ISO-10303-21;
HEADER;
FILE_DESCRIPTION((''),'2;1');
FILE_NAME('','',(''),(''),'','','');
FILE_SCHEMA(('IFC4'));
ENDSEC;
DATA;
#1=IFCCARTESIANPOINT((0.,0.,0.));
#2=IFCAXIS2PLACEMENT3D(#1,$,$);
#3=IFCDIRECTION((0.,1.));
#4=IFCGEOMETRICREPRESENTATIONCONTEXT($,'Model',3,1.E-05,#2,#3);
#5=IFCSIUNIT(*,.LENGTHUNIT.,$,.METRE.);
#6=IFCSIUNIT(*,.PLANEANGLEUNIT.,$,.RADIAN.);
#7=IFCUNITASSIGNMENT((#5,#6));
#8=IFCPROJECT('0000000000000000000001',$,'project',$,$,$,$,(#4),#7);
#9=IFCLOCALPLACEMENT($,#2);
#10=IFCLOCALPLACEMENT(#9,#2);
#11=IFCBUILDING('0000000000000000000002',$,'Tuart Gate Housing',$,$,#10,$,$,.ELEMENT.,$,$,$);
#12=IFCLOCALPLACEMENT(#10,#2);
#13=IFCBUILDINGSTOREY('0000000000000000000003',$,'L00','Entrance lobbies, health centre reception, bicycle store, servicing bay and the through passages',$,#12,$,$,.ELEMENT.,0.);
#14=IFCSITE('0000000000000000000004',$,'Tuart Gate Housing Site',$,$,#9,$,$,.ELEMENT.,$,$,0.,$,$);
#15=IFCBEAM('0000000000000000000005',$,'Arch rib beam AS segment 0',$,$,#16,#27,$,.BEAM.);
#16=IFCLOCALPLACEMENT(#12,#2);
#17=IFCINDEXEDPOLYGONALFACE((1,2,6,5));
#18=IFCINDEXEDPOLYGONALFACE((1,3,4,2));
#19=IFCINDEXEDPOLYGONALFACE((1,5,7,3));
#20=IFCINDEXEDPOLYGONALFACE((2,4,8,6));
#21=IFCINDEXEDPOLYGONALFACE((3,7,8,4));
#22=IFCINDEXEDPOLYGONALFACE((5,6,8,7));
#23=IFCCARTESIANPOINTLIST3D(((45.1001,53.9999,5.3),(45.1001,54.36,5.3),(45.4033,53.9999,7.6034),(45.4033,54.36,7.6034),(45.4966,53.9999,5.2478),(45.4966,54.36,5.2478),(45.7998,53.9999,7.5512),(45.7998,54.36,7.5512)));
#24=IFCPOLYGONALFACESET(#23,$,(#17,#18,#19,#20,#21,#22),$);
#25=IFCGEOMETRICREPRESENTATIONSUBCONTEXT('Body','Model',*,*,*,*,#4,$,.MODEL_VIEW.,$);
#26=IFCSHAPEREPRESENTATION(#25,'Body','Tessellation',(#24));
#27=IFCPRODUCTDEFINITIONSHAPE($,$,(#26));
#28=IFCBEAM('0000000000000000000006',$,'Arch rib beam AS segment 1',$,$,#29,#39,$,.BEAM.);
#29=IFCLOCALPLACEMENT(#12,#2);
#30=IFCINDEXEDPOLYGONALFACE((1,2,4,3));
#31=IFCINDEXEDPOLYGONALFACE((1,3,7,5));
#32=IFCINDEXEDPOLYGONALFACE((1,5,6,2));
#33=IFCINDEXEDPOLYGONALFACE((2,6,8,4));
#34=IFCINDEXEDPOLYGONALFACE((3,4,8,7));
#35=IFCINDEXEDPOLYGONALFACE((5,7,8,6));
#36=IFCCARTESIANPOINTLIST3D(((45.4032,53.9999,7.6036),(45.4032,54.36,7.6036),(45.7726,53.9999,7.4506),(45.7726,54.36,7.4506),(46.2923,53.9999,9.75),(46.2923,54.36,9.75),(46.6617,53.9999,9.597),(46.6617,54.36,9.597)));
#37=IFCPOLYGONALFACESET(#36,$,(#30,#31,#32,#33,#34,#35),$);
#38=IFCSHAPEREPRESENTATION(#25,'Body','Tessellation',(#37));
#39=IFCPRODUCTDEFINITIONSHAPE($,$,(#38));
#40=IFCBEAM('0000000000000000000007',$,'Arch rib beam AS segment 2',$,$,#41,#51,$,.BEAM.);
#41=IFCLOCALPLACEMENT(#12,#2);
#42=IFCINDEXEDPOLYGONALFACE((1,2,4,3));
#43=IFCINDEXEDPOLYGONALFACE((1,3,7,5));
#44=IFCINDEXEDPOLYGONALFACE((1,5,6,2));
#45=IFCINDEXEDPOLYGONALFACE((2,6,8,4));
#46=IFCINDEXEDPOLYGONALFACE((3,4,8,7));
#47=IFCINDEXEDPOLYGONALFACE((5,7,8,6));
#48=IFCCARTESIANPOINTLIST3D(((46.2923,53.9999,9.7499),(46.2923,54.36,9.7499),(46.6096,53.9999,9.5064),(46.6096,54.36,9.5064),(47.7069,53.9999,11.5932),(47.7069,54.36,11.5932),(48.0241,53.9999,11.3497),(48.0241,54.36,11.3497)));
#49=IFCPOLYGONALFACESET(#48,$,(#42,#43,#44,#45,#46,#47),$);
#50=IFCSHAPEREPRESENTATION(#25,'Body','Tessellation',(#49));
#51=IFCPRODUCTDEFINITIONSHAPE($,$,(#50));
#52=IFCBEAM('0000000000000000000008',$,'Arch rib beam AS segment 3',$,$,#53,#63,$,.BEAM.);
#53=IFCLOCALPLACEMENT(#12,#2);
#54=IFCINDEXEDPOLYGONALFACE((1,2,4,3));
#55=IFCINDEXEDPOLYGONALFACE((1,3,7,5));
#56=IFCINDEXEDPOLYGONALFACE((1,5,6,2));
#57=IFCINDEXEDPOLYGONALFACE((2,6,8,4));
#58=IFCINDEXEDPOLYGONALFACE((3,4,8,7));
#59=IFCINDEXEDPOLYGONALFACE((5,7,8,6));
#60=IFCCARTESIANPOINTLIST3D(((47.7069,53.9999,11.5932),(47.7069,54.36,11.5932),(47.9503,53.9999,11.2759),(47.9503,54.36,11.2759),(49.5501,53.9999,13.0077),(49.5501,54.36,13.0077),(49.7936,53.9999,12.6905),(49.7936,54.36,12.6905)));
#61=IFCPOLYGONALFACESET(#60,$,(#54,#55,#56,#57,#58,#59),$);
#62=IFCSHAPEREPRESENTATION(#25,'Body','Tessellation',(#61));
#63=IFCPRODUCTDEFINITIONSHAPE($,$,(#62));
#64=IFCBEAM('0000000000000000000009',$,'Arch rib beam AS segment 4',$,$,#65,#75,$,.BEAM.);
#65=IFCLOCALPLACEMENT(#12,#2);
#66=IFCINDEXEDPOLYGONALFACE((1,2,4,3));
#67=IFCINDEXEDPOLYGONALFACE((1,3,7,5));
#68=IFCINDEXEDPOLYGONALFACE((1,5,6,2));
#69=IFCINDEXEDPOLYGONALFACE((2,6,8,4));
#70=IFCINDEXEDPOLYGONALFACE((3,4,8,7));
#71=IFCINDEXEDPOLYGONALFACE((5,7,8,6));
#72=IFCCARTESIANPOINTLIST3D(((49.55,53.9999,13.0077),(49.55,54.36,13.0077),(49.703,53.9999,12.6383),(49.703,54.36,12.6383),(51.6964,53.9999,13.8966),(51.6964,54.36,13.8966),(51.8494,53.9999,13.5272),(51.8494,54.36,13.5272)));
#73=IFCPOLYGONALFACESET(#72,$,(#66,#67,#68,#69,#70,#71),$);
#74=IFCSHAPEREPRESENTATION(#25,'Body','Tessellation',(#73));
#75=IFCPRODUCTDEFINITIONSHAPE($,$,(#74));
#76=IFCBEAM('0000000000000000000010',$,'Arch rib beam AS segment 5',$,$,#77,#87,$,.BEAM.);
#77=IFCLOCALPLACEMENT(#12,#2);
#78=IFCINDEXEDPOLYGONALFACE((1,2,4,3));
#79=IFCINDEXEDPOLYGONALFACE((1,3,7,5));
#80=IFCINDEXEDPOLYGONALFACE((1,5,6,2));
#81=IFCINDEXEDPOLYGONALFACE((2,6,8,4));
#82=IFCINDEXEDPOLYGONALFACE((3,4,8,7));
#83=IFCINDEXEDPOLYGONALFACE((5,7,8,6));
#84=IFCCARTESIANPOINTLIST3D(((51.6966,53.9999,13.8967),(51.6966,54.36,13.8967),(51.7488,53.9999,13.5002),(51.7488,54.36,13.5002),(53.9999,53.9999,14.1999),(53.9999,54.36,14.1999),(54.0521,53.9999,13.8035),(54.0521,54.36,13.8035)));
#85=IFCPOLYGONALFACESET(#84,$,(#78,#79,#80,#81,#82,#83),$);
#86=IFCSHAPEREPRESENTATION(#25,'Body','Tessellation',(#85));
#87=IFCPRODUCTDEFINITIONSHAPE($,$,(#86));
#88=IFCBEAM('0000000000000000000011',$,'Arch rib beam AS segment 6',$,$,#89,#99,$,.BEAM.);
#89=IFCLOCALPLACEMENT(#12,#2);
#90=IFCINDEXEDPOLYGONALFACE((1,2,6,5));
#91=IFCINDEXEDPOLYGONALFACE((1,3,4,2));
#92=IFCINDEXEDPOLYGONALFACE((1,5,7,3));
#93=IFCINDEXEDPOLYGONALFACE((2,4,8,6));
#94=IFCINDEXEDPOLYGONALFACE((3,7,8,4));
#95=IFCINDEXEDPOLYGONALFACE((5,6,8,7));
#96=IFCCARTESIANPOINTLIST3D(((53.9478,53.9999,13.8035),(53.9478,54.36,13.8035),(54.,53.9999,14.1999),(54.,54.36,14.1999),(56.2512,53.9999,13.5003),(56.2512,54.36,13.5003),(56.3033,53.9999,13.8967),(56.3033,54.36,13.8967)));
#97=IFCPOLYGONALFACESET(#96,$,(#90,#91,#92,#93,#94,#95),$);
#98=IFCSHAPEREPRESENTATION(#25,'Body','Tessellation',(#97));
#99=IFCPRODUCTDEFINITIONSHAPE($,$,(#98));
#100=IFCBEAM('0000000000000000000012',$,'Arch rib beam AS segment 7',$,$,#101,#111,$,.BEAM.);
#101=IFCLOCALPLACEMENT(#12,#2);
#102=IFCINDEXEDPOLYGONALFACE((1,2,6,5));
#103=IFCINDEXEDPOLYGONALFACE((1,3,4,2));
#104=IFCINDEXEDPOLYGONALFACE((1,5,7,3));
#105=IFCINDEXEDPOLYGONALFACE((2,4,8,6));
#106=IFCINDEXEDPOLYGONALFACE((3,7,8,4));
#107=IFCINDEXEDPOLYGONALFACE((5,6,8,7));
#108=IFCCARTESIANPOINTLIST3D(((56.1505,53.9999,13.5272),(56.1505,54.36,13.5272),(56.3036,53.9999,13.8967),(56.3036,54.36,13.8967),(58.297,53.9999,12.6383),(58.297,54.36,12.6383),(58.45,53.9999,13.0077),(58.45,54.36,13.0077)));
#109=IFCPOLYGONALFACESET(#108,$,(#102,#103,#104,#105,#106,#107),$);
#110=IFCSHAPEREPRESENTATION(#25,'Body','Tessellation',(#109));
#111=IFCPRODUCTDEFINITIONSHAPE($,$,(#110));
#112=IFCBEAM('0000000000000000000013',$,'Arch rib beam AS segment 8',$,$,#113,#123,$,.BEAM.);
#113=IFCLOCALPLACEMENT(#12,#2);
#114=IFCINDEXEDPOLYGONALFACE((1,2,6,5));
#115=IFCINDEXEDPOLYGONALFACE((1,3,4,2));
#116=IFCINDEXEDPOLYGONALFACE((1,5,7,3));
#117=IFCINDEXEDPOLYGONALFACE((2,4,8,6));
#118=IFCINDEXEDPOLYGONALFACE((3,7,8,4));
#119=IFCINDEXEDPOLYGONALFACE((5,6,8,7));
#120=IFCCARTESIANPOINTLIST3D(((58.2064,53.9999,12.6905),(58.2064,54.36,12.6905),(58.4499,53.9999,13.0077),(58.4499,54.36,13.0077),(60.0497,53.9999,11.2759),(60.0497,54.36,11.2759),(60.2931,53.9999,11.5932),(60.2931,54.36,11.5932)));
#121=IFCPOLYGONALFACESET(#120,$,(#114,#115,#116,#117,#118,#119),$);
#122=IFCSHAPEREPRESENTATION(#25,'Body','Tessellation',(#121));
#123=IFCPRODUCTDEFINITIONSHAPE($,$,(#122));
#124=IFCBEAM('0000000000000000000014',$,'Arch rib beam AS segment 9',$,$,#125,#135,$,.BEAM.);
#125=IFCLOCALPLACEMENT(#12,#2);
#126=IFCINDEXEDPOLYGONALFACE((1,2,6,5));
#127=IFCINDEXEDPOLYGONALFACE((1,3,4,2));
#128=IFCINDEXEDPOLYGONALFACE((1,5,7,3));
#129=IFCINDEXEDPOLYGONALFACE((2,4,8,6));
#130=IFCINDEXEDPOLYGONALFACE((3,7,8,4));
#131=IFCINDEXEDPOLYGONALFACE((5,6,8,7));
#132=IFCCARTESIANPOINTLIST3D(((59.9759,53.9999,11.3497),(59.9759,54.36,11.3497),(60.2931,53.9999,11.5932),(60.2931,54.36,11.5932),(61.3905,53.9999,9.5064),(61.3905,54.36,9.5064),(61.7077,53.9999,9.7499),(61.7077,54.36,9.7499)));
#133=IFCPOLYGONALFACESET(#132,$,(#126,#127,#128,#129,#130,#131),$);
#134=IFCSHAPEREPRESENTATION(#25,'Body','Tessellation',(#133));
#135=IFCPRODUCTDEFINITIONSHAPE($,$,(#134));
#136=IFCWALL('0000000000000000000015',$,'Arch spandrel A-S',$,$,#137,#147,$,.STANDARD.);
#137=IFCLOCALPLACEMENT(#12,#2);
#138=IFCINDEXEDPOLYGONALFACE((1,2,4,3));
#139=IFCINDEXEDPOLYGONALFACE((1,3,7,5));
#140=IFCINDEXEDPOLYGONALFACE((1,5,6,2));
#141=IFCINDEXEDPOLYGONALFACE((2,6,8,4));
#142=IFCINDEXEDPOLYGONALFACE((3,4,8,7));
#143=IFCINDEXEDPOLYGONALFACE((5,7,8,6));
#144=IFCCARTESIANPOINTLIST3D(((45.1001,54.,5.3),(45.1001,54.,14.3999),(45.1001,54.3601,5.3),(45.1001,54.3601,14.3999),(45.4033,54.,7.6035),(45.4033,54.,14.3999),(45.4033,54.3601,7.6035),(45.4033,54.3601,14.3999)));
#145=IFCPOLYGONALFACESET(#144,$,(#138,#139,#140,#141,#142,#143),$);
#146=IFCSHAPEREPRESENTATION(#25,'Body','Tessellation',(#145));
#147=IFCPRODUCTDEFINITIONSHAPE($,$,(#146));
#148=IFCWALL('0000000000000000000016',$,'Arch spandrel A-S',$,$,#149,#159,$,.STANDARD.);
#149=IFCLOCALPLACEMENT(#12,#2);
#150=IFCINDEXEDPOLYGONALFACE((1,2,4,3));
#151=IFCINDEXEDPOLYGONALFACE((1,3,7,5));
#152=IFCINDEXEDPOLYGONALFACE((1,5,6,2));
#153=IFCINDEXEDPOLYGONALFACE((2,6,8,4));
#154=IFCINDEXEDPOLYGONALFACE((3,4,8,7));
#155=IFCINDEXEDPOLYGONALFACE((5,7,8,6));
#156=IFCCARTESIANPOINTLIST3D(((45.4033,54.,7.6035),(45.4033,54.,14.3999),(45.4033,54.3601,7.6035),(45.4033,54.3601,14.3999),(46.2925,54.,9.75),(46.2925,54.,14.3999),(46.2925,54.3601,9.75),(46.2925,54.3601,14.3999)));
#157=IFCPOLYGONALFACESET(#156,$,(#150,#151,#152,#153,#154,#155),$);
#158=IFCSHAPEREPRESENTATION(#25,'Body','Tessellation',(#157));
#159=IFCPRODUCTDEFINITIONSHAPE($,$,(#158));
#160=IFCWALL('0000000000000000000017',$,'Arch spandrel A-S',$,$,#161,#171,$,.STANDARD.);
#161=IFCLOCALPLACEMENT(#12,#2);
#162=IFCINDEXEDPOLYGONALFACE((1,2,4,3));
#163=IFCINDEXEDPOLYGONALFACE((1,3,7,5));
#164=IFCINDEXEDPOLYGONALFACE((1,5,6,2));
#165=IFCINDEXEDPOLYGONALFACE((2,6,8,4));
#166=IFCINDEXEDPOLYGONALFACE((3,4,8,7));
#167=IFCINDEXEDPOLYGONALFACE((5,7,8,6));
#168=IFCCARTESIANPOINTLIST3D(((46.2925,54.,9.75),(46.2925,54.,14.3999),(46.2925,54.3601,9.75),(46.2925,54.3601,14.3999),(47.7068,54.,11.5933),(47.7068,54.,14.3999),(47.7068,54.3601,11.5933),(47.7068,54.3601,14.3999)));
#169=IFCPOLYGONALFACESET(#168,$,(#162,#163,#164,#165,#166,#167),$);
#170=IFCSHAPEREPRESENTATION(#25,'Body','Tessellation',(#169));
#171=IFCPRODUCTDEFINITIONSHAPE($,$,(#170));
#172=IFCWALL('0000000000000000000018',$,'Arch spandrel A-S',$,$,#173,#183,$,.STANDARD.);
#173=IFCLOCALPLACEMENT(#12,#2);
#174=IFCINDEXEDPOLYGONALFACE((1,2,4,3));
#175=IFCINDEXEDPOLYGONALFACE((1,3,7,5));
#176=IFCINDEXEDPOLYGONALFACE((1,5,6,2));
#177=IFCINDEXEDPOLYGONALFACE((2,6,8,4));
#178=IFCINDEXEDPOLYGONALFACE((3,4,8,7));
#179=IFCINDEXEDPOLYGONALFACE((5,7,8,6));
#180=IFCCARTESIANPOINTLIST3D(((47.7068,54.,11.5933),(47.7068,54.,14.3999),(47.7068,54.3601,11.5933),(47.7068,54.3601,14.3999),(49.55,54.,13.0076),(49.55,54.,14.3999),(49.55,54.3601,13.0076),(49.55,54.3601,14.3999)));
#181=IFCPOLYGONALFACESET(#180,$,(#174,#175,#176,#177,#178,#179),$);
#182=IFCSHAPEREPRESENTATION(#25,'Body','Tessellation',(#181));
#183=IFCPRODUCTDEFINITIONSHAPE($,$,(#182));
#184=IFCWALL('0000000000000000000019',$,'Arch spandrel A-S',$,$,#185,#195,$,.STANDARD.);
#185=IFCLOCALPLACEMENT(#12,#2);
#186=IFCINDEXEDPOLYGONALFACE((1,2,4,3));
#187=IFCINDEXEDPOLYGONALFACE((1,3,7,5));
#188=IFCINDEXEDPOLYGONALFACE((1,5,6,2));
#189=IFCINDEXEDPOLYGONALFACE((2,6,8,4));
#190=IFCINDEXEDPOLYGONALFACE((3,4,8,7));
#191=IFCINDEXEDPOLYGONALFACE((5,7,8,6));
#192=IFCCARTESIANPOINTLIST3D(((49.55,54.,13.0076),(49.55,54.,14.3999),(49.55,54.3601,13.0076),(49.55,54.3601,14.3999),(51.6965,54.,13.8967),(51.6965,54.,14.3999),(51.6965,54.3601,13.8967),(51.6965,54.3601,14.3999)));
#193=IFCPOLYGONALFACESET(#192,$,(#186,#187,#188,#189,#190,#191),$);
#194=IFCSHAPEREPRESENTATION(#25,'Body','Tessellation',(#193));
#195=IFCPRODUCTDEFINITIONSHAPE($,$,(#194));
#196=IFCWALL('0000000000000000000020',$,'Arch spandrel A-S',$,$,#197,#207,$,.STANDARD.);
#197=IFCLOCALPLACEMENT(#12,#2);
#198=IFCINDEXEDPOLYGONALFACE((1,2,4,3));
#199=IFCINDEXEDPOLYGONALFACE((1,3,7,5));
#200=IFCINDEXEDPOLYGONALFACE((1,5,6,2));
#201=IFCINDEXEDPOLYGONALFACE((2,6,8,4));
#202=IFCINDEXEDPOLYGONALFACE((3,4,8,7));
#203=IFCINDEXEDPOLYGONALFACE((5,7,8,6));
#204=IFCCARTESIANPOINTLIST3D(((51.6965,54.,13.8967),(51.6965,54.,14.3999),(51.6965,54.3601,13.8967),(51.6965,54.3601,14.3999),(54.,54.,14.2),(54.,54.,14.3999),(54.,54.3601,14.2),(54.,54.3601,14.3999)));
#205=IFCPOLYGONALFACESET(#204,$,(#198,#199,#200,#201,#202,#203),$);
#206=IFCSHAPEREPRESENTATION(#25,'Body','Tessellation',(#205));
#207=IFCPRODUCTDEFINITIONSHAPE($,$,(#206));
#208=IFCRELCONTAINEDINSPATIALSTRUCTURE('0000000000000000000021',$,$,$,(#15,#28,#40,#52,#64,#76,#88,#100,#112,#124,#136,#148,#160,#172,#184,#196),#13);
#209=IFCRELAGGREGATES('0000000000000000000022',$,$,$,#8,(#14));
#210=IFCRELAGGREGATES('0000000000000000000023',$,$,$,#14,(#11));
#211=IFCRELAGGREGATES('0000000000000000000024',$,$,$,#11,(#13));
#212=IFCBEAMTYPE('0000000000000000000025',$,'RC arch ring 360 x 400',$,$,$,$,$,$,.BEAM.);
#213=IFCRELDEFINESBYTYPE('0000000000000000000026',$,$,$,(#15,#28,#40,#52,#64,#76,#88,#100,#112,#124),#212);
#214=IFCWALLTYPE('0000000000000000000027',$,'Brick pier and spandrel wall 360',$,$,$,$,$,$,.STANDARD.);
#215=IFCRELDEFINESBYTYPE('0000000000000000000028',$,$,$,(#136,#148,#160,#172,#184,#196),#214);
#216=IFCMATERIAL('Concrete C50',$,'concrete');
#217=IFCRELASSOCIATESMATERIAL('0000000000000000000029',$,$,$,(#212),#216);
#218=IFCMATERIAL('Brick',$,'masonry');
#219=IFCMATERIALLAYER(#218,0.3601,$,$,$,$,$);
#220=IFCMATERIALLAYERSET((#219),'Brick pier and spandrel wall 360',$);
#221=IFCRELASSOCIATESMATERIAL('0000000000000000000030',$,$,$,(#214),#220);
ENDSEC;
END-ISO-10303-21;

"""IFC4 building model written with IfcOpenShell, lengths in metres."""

from ifc_helpers import new_model, si_unit, direction, frame, origin, origin_2d, place, context, subcontext, project, spatial, polyline, rectangle, outline, extrude, material, layer, layer_set, material_profile, profile_set, type_object, element, save


model = new_model("IFC4")

# Units and contexts
model_context = context("Model", 3, precision=1e-05, world=origin(), true_north=direction((0.0, 1.0)))
body_context = subcontext(model_context, "Body", "Model", "MODEL_VIEW")
ifc_project = project(units=[si_unit("LENGTHUNIT", "METRE"), si_unit("PLANEANGLEUNIT", "RADIAN")], contexts=[model_context])

# Site, building, storey
site_placement = place(None, origin())
site = spatial("IfcSite", under=ifc_project, at=site_placement, Name="Tuart Gate Housing Site", CompositionType="ELEMENT", RefElevation=0.0)
building_placement = place(site_placement, origin())
building = spatial("IfcBuilding", under=site, at=building_placement, Name="Tuart Gate Housing", CompositionType="ELEMENT")
storey_placement = place(building_placement, origin())
storey = spatial("IfcBuildingStorey", under=building, at=storey_placement, Name="L00", Description="Entrance lobbies, health centre reception, bicycle store, servicing bay and the through passages", CompositionType="ELEMENT", Elevation=0.0)

# Beams
ifc_material_1 = material(Name="Concrete C50", Category="concrete")
ifc_material_profile = material_profile(ifc_material_1, rectangle(XDim=0.3601, YDim=0.3999, at=origin_2d()), Name="RC arch ring 360 x 400")
ifc_profile_set = profile_set([ifc_material_profile], Name="Concrete C50")
beam_type = type_object("IfcBeamType", Name="RC arch ring 360 x 400", PredefinedType="BEAM", material=ifc_profile_set)
for number, where, z_axis, x_axis, name in (
    (1, (45.2983, 54.1799, 5.2739), (0.130512, 0.0, 0.991447), (0.0, 1.0, 0.0), "Arch rib beam AS segment 0"),
    (2, (45.5879, 54.1799, 7.5271), (0.382704, 0.0, 0.923871), (0.0, 1.0, 0.0), "Arch rib beam AS segment 1"),
):
    element("IfcBeam", number, at=place(storey_placement, frame(where, z_axis=z_axis, x_axis=x_axis)), inside=storey, type_object=beam_type, Name=name, PredefinedType="BEAM", context=body_context, shape_type="SweptSolid", body=[
        extrude(rectangle(XDim=0.3601, YDim=0.3999, at=origin_2d()), origin(), (0.0, 0.0, 1.0), 2.3232),
    ])
for number, where, z_axis, x_axis, name in (
    (3, (46.4509, 54.1799, 9.6282), (0.608806, 0.0, 0.793319), (0.0, 1.0, 0.0), "Arch rib beam AS segment 2"),
    (4, (47.8286, 54.1799, 11.4346), (0.793319, 0.0, 0.608806), (0.0, 1.0, 0.0), "Arch rib beam AS segment 3"),
):
    element("IfcBeam", number, at=place(storey_placement, frame(where, z_axis=z_axis, x_axis=x_axis)), inside=storey, type_object=beam_type, Name=name, PredefinedType="BEAM", context=body_context, shape_type="SweptSolid", body=[
        extrude(rectangle(XDim=0.3601, YDim=0.3999, at=origin_2d()), origin(), (0.0, 0.0, 1.0), 2.3235),
    ])
for number, where, z_axis, x_axis, name in (
    (5, (49.6265, 54.1799, 12.823), (0.923908, 0.0, 0.382615), (0.0, 1.0, 0.0), "Arch rib beam AS segment 4"),
    (6, (51.7227, 54.1799, 13.6985), (0.991447, 0.0, 0.130512), (0.0, 1.0, 0.0), "Arch rib beam AS segment 5"),
    (7, (53.9739, 54.1799, 14.0017), (0.991447, 0.0, -0.130512), (0.0, 1.0, 0.0), "Arch rib beam AS segment 6"),
    (8, (56.2271, 54.1799, 13.7119), (0.923908, 0.0, -0.382615), (0.0, 1.0, 0.0), "Arch rib beam AS segment 7"),
):
    element("IfcBeam", number, at=place(storey_placement, frame(where, z_axis=z_axis, x_axis=x_axis)), inside=storey, type_object=beam_type, Name=name, PredefinedType="BEAM", context=body_context, shape_type="SweptSolid", body=[
        extrude(rectangle(XDim=0.3601, YDim=0.3999, at=origin_2d()), origin(), (0.0, 0.0, 1.0), 2.3232),
    ])
for number, where, z_axis, x_axis, name in (
    (9, (58.3281, 54.1799, 12.8491), (0.793319, 0.0, -0.608806), (0.0, 1.0, 0.0), "Arch rib beam AS segment 8"),
    (10, (60.1345, 54.1799, 11.4714), (0.608806, 0.0, -0.793319), (0.0, 1.0, 0.0), "Arch rib beam AS segment 9"),
):
    element("IfcBeam", number, at=place(storey_placement, frame(where, z_axis=z_axis, x_axis=x_axis)), inside=storey, type_object=beam_type, Name=name, PredefinedType="BEAM", context=body_context, shape_type="SweptSolid", body=[
        extrude(rectangle(XDim=0.3601, YDim=0.3999, at=origin_2d()), origin(), (0.0, 0.0, 1.0), 2.3235),
    ])

# Walls
ifc_material_2 = material(Name="Brick", Category="masonry")
ifc_layer = layer(ifc_material_2, 0.3601)
ifc_layer_set = layer_set([ifc_layer], Name="Brick pier and spandrel wall 360")
wall_type = type_object("IfcWallType", Name="Brick pier and spandrel wall 360", PredefinedType="STANDARD", material=ifc_layer_set)
wall_1_placement = place(storey_placement, frame((45.1001, 54.1799, 5.3), z_axis=(0.0, 0.0, 1.0), x_axis=(1.0, 0.0, 0.0)))
element("IfcWall", 11, at=wall_1_placement, inside=storey, type_object=wall_type, Name="Arch spandrel A-S", PredefinedType="STANDARD", context=body_context, shape_type="SweptSolid", body=[
    extrude(outline(polyline([(0.0, 0.0), (0.3032, 2.3035), (0.3032, 9.0999), (0.0, 9.0999), (0.0, 0.0)])), frame((0.0, 0.1802, 0.0), z_axis=(0.0, -1.0, 0.0), x_axis=(1.0, 0.0, 0.0)), (0.0, 0.0, 1.0), 0.3601),
])
wall_2_placement = place(storey_placement, frame((45.4033, 54.1799, 7.6035), z_axis=(0.0, 0.0, 1.0), x_axis=(1.0, 0.0, 0.0)))
element("IfcWall", 12, at=wall_2_placement, inside=storey, type_object=wall_type, Name="Arch spandrel A-S", PredefinedType="STANDARD", context=body_context, shape_type="SweptSolid", body=[
    extrude(outline(polyline([(0.0, 0.0), (0.8892, 2.1465), (0.8892, 6.7964), (0.0, 6.7964), (0.0, 0.0)])), frame((0.0, 0.1802, 0.0), z_axis=(0.0, -1.0, 0.0), x_axis=(1.0, 0.0, 0.0)), (0.0, 0.0, 1.0), 0.3601),
])
wall_3_placement = place(storey_placement, frame((46.2925, 54.1799, 9.75), z_axis=(0.0, 0.0, 1.0), x_axis=(1.0, 0.0, 0.0)))
element("IfcWall", 13, at=wall_3_placement, inside=storey, type_object=wall_type, Name="Arch spandrel A-S", PredefinedType="STANDARD", context=body_context, shape_type="SweptSolid", body=[
    extrude(outline(polyline([(0.0, 0.0), (1.4143, 1.8433), (1.4143, 4.6499), (0.0, 4.6499), (0.0, 0.0)])), frame((0.0, 0.1802, 0.0), z_axis=(0.0, -1.0, 0.0), x_axis=(1.0, 0.0, 0.0)), (0.0, 0.0, 1.0), 0.3601),
])
wall_4_placement = place(storey_placement, frame((47.7068, 54.1799, 11.5933), z_axis=(0.0, 0.0, 1.0), x_axis=(1.0, 0.0, 0.0)))
element("IfcWall", 14, at=wall_4_placement, inside=storey, type_object=wall_type, Name="Arch spandrel A-S", PredefinedType="STANDARD", context=body_context, shape_type="SweptSolid", body=[
    extrude(outline(polyline([(0.0, 0.0), (1.8433, 1.4143), (1.8433, 2.8066), (0.0, 2.8066), (0.0, 0.0)])), frame((0.0, 0.1802, 0.0), z_axis=(0.0, -1.0, 0.0), x_axis=(1.0, 0.0, 0.0)), (0.0, 0.0, 1.0), 0.3601),
])
wall_5_placement = place(storey_placement, frame((49.55, 54.1799, 13.0076), z_axis=(0.0, 0.0, 1.0), x_axis=(1.0, 0.0, 0.0)))
element("IfcWall", 15, at=wall_5_placement, inside=storey, type_object=wall_type, Name="Arch spandrel A-S", PredefinedType="STANDARD", context=body_context, shape_type="SweptSolid", body=[
    extrude(outline(polyline([(0.0, 0.0), (2.1465, 0.8892), (2.1465, 1.3923), (0.0, 1.3923), (0.0, 0.0)])), frame((0.0, 0.1802, 0.0), z_axis=(0.0, -1.0, 0.0), x_axis=(1.0, 0.0, 0.0)), (0.0, 0.0, 1.0), 0.3601),
])
wall_6_placement = place(storey_placement, frame((51.6965, 54.1799, 13.8967), z_axis=(0.0, 0.0, 1.0), x_axis=(1.0, 0.0, 0.0)))
element("IfcWall", 16, at=wall_6_placement, inside=storey, type_object=wall_type, Name="Arch spandrel A-S", PredefinedType="STANDARD", context=body_context, shape_type="SweptSolid", body=[
    extrude(outline(polyline([(0.0, 0.0), (2.3035, 0.3032), (2.3035, 0.5032), (0.0, 0.5032), (0.0, 0.0)])), frame((0.0, 0.1802, 0.0), z_axis=(0.0, -1.0, 0.0), x_axis=(1.0, 0.0, 0.0)), (0.0, 0.0, 1.0), 0.3601),
])

save(model, "model.ifc")
